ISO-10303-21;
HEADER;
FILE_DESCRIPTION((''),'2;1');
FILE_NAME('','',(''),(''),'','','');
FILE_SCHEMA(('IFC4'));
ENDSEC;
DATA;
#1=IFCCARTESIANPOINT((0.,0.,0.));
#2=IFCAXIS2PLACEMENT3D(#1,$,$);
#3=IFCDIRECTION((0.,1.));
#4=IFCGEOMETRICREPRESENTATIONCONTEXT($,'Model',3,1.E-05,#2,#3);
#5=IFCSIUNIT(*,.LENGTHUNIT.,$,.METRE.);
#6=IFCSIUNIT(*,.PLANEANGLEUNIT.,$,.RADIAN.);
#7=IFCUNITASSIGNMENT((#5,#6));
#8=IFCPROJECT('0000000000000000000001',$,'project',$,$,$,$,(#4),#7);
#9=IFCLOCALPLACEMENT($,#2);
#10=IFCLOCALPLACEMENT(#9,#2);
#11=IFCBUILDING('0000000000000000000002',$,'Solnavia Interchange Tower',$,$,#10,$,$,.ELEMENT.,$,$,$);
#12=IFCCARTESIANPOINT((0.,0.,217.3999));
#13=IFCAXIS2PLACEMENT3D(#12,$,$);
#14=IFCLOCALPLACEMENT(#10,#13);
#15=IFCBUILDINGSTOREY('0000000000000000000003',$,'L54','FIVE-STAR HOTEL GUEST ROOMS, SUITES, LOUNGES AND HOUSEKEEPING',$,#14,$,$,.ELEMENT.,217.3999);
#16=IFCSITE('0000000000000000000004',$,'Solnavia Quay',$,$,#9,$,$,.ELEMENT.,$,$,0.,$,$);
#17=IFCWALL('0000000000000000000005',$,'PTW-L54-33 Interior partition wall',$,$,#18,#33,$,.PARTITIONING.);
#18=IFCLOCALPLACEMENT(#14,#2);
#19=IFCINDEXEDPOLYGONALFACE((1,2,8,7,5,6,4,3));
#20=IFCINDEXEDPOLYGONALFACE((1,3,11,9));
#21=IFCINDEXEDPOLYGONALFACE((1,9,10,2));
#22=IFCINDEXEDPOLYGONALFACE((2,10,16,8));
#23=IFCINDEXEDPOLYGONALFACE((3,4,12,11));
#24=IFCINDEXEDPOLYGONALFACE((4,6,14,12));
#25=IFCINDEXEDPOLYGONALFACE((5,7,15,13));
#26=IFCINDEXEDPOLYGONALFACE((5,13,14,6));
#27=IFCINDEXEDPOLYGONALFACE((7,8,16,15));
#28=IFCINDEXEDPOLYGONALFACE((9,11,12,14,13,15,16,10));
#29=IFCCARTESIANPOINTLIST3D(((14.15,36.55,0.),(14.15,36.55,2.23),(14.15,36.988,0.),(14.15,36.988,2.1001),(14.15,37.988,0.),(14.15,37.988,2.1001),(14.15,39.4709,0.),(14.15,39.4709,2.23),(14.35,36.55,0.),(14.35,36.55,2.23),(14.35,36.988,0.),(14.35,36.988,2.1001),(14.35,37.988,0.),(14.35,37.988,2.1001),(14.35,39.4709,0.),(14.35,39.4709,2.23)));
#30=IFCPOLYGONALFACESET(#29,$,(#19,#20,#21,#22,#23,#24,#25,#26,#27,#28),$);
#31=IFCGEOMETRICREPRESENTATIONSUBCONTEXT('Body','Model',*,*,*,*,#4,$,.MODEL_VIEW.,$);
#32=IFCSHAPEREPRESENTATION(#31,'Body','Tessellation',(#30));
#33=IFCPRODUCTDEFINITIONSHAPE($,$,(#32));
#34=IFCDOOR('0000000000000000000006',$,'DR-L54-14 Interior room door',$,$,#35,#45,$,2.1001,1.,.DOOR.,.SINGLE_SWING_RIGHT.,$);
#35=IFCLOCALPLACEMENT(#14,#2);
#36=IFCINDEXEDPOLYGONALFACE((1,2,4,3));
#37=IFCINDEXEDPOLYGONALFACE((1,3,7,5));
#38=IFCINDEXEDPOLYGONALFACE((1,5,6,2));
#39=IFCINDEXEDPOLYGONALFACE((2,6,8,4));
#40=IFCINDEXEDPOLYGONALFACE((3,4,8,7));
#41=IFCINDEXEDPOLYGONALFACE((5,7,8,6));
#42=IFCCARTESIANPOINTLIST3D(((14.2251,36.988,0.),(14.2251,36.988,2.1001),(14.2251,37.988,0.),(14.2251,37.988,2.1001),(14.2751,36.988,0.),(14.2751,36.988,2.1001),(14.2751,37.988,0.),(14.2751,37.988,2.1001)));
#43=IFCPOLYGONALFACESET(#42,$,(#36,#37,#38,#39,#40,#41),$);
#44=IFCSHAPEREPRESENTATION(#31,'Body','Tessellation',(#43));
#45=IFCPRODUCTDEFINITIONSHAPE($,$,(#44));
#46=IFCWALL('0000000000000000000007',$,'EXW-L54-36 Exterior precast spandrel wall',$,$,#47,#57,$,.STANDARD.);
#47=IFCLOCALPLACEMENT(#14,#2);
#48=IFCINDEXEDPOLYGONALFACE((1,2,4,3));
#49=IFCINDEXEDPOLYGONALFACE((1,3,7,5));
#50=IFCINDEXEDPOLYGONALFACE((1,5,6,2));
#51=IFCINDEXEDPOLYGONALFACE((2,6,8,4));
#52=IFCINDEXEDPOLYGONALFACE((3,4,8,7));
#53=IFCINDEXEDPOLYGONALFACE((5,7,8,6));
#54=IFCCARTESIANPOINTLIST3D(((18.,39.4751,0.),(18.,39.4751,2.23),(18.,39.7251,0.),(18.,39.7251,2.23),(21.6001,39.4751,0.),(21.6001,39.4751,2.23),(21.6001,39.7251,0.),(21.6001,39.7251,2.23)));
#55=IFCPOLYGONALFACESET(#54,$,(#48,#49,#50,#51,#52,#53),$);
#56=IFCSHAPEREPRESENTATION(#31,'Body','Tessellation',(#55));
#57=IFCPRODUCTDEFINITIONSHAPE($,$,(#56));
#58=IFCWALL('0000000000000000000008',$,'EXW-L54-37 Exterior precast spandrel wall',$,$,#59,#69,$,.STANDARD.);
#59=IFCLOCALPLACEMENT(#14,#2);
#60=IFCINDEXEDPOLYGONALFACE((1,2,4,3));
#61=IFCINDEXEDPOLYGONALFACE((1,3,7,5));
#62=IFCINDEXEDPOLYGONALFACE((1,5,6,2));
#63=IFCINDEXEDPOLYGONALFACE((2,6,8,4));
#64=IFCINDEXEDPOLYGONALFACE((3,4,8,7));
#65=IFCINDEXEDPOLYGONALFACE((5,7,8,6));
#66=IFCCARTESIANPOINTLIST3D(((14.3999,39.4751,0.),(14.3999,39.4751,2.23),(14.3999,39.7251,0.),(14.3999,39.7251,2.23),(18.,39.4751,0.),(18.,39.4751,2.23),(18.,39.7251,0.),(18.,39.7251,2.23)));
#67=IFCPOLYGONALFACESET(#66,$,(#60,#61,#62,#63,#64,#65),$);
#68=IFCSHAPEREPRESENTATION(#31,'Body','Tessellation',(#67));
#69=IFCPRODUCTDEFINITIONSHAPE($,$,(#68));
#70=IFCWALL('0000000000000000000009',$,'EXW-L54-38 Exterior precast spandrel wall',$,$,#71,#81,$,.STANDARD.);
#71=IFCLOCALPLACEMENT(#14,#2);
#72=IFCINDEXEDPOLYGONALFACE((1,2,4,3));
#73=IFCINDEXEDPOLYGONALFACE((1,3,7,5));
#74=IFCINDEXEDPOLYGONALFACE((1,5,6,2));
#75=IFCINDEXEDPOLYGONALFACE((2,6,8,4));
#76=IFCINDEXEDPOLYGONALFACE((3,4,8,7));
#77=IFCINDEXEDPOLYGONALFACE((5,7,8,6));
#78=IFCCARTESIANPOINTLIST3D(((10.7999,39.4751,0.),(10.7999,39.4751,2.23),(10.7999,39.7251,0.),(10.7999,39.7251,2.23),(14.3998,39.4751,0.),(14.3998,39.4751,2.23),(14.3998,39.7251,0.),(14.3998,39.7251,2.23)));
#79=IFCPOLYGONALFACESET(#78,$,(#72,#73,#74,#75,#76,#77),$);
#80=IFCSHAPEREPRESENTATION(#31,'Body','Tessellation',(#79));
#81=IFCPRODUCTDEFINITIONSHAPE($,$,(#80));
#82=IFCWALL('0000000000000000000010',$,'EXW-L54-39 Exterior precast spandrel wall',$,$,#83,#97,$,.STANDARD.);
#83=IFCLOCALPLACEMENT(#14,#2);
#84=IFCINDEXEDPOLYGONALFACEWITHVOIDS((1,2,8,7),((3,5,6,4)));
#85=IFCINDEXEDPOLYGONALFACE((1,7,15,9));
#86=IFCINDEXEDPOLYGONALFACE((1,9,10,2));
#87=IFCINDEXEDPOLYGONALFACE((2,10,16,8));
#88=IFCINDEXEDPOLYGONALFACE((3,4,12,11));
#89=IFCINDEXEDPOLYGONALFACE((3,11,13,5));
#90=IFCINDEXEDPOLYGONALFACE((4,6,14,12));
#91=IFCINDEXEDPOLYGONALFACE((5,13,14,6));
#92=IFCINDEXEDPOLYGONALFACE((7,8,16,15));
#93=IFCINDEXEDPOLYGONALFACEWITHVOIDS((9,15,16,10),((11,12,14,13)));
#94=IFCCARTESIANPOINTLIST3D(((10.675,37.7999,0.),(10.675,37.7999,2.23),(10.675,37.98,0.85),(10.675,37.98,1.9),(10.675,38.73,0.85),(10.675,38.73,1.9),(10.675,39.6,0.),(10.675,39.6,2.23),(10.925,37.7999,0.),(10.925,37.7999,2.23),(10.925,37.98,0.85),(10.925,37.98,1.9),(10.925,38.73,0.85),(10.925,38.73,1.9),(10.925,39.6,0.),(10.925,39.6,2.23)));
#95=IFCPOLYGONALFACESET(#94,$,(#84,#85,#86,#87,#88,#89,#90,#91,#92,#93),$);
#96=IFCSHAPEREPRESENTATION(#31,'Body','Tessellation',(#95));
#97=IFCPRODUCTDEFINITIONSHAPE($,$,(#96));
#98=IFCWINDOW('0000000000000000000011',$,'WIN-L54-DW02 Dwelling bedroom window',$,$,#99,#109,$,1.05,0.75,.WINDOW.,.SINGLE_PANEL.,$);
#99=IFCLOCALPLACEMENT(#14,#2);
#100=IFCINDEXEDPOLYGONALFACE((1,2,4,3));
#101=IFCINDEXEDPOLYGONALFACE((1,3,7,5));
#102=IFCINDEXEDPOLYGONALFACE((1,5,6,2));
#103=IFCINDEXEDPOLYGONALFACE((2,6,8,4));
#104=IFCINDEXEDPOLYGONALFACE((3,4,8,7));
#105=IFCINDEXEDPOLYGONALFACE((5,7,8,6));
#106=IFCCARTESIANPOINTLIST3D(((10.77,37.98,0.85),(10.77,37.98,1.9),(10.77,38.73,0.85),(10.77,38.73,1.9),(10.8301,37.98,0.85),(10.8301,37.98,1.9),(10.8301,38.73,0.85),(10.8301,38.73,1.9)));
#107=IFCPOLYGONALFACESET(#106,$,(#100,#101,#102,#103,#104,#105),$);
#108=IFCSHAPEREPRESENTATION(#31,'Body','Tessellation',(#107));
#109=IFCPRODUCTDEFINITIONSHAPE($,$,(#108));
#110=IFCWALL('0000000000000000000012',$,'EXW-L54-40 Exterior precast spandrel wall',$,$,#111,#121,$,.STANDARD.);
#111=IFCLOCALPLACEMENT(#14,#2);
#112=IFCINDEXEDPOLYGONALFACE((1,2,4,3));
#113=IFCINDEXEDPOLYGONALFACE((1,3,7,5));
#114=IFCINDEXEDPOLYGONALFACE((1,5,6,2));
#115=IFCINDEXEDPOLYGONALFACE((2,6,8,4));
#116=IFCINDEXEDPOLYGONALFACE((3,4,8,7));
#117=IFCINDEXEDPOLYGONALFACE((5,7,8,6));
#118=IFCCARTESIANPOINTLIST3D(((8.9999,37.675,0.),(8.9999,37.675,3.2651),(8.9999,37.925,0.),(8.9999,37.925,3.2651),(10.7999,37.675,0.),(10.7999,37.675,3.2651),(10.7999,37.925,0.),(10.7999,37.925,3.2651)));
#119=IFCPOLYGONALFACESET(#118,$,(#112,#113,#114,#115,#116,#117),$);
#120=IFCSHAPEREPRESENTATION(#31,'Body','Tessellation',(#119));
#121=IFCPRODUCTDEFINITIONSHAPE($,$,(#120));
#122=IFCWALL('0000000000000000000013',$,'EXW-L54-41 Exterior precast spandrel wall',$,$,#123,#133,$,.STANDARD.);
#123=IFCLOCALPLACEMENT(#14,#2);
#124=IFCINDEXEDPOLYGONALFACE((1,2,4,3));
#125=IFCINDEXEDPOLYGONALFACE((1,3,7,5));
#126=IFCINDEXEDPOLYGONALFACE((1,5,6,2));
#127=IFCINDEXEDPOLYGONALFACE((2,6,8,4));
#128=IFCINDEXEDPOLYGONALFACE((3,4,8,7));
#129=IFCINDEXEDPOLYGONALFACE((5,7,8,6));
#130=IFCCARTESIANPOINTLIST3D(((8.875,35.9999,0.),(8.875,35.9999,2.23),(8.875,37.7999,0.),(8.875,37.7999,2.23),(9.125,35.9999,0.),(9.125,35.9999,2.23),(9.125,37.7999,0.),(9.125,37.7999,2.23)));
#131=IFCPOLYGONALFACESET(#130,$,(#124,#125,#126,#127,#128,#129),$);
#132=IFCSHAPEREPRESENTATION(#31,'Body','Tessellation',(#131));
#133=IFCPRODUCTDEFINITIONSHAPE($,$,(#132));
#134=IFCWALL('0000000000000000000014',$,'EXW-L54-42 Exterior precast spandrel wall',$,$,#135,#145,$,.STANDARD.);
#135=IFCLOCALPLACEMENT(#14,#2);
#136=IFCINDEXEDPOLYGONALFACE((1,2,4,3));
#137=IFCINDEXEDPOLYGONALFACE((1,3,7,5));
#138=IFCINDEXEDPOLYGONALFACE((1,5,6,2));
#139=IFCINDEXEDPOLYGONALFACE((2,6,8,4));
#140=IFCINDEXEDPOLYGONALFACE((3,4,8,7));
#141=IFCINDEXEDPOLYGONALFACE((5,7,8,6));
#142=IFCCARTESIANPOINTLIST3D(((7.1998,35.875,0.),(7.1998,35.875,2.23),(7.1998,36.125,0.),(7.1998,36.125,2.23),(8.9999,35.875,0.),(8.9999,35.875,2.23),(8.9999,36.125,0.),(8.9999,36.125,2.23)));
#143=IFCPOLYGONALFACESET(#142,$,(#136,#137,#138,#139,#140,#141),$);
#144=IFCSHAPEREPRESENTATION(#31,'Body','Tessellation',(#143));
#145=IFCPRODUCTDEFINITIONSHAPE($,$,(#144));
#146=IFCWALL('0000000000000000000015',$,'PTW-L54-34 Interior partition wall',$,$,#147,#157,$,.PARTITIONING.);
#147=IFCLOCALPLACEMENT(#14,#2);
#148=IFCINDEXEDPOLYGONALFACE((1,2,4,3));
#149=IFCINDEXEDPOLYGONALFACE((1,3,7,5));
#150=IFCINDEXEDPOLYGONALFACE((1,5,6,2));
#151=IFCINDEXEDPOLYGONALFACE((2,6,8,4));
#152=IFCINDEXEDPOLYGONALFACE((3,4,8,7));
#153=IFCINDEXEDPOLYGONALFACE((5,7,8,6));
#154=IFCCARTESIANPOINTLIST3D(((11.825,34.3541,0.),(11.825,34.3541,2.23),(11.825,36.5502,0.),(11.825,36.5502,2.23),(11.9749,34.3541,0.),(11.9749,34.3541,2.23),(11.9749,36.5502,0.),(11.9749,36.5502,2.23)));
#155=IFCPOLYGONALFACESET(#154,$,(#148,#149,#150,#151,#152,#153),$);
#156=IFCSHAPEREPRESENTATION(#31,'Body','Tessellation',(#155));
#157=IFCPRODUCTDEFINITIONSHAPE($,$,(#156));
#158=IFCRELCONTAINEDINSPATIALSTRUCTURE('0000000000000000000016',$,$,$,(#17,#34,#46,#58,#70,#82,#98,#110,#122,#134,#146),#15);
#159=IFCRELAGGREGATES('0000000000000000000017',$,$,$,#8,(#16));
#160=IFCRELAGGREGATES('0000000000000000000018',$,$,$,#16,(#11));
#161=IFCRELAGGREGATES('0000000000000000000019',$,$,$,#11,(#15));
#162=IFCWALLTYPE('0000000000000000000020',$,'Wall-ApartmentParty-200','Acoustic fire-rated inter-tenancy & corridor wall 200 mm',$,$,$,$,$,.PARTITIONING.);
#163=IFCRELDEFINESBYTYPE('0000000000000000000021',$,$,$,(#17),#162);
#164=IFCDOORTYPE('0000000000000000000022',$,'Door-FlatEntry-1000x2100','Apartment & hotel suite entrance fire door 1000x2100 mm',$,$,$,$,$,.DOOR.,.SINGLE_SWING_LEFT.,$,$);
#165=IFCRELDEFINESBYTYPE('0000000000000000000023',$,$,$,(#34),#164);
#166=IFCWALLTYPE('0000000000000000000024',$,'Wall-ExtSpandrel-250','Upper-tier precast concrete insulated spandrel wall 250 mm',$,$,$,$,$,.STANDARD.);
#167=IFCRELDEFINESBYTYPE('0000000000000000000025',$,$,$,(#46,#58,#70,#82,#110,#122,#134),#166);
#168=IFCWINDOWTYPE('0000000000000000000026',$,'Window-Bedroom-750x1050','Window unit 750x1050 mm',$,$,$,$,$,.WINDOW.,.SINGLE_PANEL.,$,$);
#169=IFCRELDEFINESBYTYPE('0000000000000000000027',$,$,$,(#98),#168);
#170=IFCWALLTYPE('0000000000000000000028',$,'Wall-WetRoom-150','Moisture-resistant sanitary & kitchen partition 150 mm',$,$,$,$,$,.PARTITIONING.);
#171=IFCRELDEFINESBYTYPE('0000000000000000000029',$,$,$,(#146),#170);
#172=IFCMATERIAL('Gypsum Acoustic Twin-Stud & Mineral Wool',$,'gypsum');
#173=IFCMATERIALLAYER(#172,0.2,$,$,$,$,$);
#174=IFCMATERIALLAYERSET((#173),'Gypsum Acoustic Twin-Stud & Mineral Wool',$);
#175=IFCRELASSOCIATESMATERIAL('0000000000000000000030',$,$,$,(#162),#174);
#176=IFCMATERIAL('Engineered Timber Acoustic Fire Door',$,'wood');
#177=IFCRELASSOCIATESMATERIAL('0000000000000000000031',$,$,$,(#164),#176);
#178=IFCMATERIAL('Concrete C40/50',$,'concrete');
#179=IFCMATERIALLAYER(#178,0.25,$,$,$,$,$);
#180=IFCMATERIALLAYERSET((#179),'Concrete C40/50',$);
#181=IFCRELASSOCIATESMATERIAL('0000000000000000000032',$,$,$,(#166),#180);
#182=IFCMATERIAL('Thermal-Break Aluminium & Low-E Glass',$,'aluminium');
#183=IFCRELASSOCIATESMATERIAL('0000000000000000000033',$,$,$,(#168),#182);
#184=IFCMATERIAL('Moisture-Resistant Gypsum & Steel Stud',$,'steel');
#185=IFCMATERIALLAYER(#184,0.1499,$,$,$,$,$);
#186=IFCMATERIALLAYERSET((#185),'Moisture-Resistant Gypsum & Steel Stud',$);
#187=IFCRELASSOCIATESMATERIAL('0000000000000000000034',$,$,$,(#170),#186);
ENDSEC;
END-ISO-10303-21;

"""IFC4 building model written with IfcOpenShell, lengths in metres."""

from ifc_helpers import new_model, si_unit, direction, frame, frame_2d, origin, place, context, subcontext, project, spatial, rectangle, extrude, material, layer, layer_set, type_object, element, fill, save


model = new_model("IFC4")

# Units and contexts
model_context = context("Model", 3, precision=1e-05, world=origin(), true_north=direction((0.0, 1.0)))
body_context = subcontext(model_context, "Body", "Model", "MODEL_VIEW")
ifc_project = project(units=[si_unit("LENGTHUNIT", "METRE"), si_unit("PLANEANGLEUNIT", "RADIAN")], contexts=[model_context])

# Site, building, storey
site_placement = place(None, origin())
site = spatial("IfcSite", under=ifc_project, at=site_placement, Name="Solnavia Quay", CompositionType="ELEMENT", RefElevation=0.0)
building_placement = place(site_placement, origin())
building = spatial("IfcBuilding", under=site, at=building_placement, Name="Solnavia Interchange Tower", CompositionType="ELEMENT")
storey_placement = place(building_placement, frame((0.0, 0.0, 217.3999)))
storey = spatial("IfcBuildingStorey", under=building, at=storey_placement, Name="L54", Description="FIVE-STAR HOTEL GUEST ROOMS, SUITES, LOUNGES AND HOUSEKEEPING", CompositionType="ELEMENT", Elevation=217.3999)

# Shared definitions
ifc_material_1 = material(Name="Gypsum Acoustic Twin-Stud & Mineral Wool", Category="gypsum")
ifc_layer_1 = layer(ifc_material_1, 0.2)
ifc_layer_set_1 = layer_set([ifc_layer_1], Name="Gypsum Acoustic Twin-Stud & Mineral Wool")
wall_type_1 = type_object("IfcWallType", Name="Wall-ApartmentParty-200", Description="Acoustic fire-rated inter-tenancy & corridor wall 200 mm", PredefinedType="PARTITIONING", material=ifc_layer_set_1)

# Wall, opening, door
wall_1_placement = place(storey_placement, frame((14.25, 36.55, 0.0), z_axis=(0.0, 0.0, 1.0), x_axis=(0.0, 1.0, 0.0)))
wall_1 = element("IfcWall", 1, at=wall_1_placement, inside=storey, type_object=wall_type_1, Name="PTW-L54-33 Interior partition wall", PredefinedType="PARTITIONING", context=body_context, shape_type="SweptSolid", body=[
    extrude(rectangle(XDim=2.9209, YDim=0.2, at=frame_2d((1.4604, 0.0))), origin(), (0.0, 0.0, 1.0), 2.23),
])
opening_1_placement = place(wall_1_placement, frame((0.438, 0.0, 0.0)))
opening_1 = element("IfcOpeningElement", 2, at=opening_1_placement, cuts=wall_1, PredefinedType="OPENING", context=body_context, shape_type="SweptSolid", body=[
    extrude(rectangle(XDim=1.0, YDim=2.1001, at=frame_2d((0.5, 1.05))), frame((0.0, 0.1099, 0.0), z_axis=(0.0, -1.0, 0.0), x_axis=(1.0, 0.0, 0.0)), (0.0, 0.0, 1.0), 0.22),
])
ifc_material_2 = material(Name="Engineered Timber Acoustic Fire Door", Category="wood")
door_type_1 = type_object("IfcDoorType", Name="Door-FlatEntry-1000x2100", Description="Apartment & hotel suite entrance fire door 1000x2100 mm", OperationType="SINGLE_SWING_LEFT", PredefinedType="DOOR", material=ifc_material_2)
door_1_placement = place(opening_1_placement, origin())
door_1 = element("IfcDoor", 3, at=door_1_placement, inside=storey, type_object=door_type_1, Name="DR-L54-14 Interior room door", OperationType="SINGLE_SWING_RIGHT", OverallHeight=2.1001, OverallWidth=1.0, PredefinedType="DOOR", context=body_context, shape_type="SweptSolid", body=[
    extrude(rectangle(XDim=1.0, YDim=2.1001, at=frame_2d((0.5, 1.05))), frame((0.0, 0.0249, 0.0), z_axis=(0.0, -1.0, 0.0), x_axis=(1.0, 0.0, 0.0)), (0.0, 0.0, 1.0), 0.05),
])
fill(opening_1, door_1)

# Walls
ifc_material_3 = material(Name="Concrete C40/50", Category="concrete")
ifc_layer_2 = layer(ifc_material_3, 0.25)
ifc_layer_set_2 = layer_set([ifc_layer_2], Name="Concrete C40/50")
wall_type_2 = type_object("IfcWallType", Name="Wall-ExtSpandrel-250", Description="Upper-tier precast concrete insulated spandrel wall 250 mm", PredefinedType="STANDARD", material=ifc_layer_set_2)
for number, where, z_axis, x_axis, name in (
    (4, (18.0, 39.6001, 0.0), (0.0, 0.0, 1.0), (1.0, 0.0, 0.0), "EXW-L54-36 Exterior precast spandrel wall"),
    (5, (14.3999, 39.6001, 0.0), (0.0, 0.0, 1.0), (1.0, 0.0, 0.0), "EXW-L54-37 Exterior precast spandrel wall"),
):
    element("IfcWall", number, at=place(storey_placement, frame(where, z_axis=z_axis, x_axis=x_axis)), inside=storey, type_object=wall_type_2, Name=name, PredefinedType="STANDARD", context=body_context, shape_type="SweptSolid", body=[
        extrude(rectangle(XDim=3.6001, YDim=0.25, at=frame_2d((1.8, 0.0))), origin(), (0.0, 0.0, 1.0), 2.23),
    ])
wall_2_placement = place(storey_placement, frame((10.8, 39.6001, 0.0), z_axis=(0.0, 0.0, 1.0), x_axis=(1.0, 0.0, 0.0)))
element("IfcWall", 6, at=wall_2_placement, inside=storey, type_object=wall_type_2, Name="EXW-L54-38 Exterior precast spandrel wall", PredefinedType="STANDARD", context=body_context, shape_type="SweptSolid", body=[
    extrude(rectangle(XDim=3.5999, YDim=0.25, at=frame_2d((1.7998, 0.0))), origin(), (0.0, 0.0, 1.0), 2.23),
])

# Wall, opening, window
wall_3_placement = place(storey_placement, frame((10.8, 37.8, 0.0), z_axis=(0.0, 0.0, 1.0), x_axis=(0.0, 1.0, 0.0)))
wall_3 = element("IfcWall", 7, at=wall_3_placement, inside=storey, type_object=wall_type_2, Name="EXW-L54-39 Exterior precast spandrel wall", PredefinedType="STANDARD", context=body_context, shape_type="SweptSolid", body=[
    extrude(rectangle(XDim=1.8, YDim=0.25, at=frame_2d((0.8999, 0.0))), origin(), (0.0, 0.0, 1.0), 2.23),
])
opening_2_placement = place(wall_3_placement, frame((0.1799, 0.0, 0.8501)))
opening_2 = element("IfcOpeningElement", 8, at=opening_2_placement, cuts=wall_3, PredefinedType="OPENING", context=body_context, shape_type="SweptSolid", body=[
    extrude(rectangle(XDim=0.75, YDim=1.05, at=frame_2d((0.375, 0.5249))), frame((0.0, 0.135, 0.0), z_axis=(0.0, -1.0, 0.0), x_axis=(1.0, 0.0, 0.0)), (0.0, 0.0, 1.0), 0.27),
])
ifc_material_4 = material(Name="Thermal-Break Aluminium & Low-E Glass", Category="aluminium")
window_type = type_object("IfcWindowType", Name="Window-Bedroom-750x1050", Description="Window unit 750x1050 mm", PartitioningType="SINGLE_PANEL", PredefinedType="WINDOW", material=ifc_material_4)
window_placement = place(opening_2_placement, origin())
window = element("IfcWindow", 9, at=window_placement, inside=storey, type_object=window_type, Name="WIN-L54-DW02 Dwelling bedroom window", OverallHeight=1.05, OverallWidth=0.75, PartitioningType="SINGLE_PANEL", PredefinedType="WINDOW", context=body_context, shape_type="SweptSolid", body=[
    extrude(rectangle(XDim=0.75, YDim=1.05, at=frame_2d((0.375, 0.5249))), frame((0.0, 0.03, 0.0), z_axis=(0.0, -1.0, 0.0), x_axis=(1.0, 0.0, 0.0)), (0.0, 0.0, 1.0), 0.0601),
])
fill(opening_2, window)

# Walls
wall_4_placement = place(storey_placement, frame((9.0, 37.8, 0.0), z_axis=(0.0, 0.0, 1.0), x_axis=(1.0, 0.0, 0.0)))
element("IfcWall", 10, at=wall_4_placement, inside=storey, type_object=wall_type_2, Name="EXW-L54-40 Exterior precast spandrel wall", PredefinedType="STANDARD", context=body_context, shape_type="SweptSolid", body=[
    extrude(rectangle(XDim=1.8, YDim=0.25, at=frame_2d((0.8999, 0.0))), origin(), (0.0, 0.0, 1.0), 3.2651),
])
for number, where, z_axis, x_axis, name in (
    (11, (9.0, 36.0, 0.0), (0.0, 0.0, 1.0), (0.0, 1.0, 0.0), "EXW-L54-41 Exterior precast spandrel wall"),
    (12, (7.2, 36.0, 0.0), (0.0, 0.0, 1.0), (1.0, 0.0, 0.0), "EXW-L54-42 Exterior precast spandrel wall"),
):
    element("IfcWall", number, at=place(storey_placement, frame(where, z_axis=z_axis, x_axis=x_axis)), inside=storey, type_object=wall_type_2, Name=name, PredefinedType="STANDARD", context=body_context, shape_type="SweptSolid", body=[
        extrude(rectangle(XDim=1.8, YDim=0.25, at=frame_2d((0.8999, 0.0))), origin(), (0.0, 0.0, 1.0), 2.23),
    ])
ifc_material_5 = material(Name="Moisture-Resistant Gypsum & Steel Stud", Category="steel")
ifc_layer_3 = layer(ifc_material_5, 0.1499)
ifc_layer_set_3 = layer_set([ifc_layer_3], Name="Moisture-Resistant Gypsum & Steel Stud")
wall_type_3 = type_object("IfcWallType", Name="Wall-WetRoom-150", Description="Moisture-resistant sanitary & kitchen partition 150 mm", PredefinedType="PARTITIONING", material=ifc_layer_set_3)
wall_5_placement = place(storey_placement, frame((11.8999, 34.354, 0.0), z_axis=(0.0, 0.0, 1.0), x_axis=(0.0, 1.0, 0.0)))
element("IfcWall", 13, at=wall_5_placement, inside=storey, type_object=wall_type_3, Name="PTW-L54-34 Interior partition wall", PredefinedType="PARTITIONING", context=body_context, shape_type="SweptSolid", body=[
    extrude(rectangle(XDim=2.196, YDim=0.1499, at=frame_2d((1.0981, 0.0))), origin(), (0.0, 0.0, 1.0), 2.23),
])

save(model, "model.ifc")
